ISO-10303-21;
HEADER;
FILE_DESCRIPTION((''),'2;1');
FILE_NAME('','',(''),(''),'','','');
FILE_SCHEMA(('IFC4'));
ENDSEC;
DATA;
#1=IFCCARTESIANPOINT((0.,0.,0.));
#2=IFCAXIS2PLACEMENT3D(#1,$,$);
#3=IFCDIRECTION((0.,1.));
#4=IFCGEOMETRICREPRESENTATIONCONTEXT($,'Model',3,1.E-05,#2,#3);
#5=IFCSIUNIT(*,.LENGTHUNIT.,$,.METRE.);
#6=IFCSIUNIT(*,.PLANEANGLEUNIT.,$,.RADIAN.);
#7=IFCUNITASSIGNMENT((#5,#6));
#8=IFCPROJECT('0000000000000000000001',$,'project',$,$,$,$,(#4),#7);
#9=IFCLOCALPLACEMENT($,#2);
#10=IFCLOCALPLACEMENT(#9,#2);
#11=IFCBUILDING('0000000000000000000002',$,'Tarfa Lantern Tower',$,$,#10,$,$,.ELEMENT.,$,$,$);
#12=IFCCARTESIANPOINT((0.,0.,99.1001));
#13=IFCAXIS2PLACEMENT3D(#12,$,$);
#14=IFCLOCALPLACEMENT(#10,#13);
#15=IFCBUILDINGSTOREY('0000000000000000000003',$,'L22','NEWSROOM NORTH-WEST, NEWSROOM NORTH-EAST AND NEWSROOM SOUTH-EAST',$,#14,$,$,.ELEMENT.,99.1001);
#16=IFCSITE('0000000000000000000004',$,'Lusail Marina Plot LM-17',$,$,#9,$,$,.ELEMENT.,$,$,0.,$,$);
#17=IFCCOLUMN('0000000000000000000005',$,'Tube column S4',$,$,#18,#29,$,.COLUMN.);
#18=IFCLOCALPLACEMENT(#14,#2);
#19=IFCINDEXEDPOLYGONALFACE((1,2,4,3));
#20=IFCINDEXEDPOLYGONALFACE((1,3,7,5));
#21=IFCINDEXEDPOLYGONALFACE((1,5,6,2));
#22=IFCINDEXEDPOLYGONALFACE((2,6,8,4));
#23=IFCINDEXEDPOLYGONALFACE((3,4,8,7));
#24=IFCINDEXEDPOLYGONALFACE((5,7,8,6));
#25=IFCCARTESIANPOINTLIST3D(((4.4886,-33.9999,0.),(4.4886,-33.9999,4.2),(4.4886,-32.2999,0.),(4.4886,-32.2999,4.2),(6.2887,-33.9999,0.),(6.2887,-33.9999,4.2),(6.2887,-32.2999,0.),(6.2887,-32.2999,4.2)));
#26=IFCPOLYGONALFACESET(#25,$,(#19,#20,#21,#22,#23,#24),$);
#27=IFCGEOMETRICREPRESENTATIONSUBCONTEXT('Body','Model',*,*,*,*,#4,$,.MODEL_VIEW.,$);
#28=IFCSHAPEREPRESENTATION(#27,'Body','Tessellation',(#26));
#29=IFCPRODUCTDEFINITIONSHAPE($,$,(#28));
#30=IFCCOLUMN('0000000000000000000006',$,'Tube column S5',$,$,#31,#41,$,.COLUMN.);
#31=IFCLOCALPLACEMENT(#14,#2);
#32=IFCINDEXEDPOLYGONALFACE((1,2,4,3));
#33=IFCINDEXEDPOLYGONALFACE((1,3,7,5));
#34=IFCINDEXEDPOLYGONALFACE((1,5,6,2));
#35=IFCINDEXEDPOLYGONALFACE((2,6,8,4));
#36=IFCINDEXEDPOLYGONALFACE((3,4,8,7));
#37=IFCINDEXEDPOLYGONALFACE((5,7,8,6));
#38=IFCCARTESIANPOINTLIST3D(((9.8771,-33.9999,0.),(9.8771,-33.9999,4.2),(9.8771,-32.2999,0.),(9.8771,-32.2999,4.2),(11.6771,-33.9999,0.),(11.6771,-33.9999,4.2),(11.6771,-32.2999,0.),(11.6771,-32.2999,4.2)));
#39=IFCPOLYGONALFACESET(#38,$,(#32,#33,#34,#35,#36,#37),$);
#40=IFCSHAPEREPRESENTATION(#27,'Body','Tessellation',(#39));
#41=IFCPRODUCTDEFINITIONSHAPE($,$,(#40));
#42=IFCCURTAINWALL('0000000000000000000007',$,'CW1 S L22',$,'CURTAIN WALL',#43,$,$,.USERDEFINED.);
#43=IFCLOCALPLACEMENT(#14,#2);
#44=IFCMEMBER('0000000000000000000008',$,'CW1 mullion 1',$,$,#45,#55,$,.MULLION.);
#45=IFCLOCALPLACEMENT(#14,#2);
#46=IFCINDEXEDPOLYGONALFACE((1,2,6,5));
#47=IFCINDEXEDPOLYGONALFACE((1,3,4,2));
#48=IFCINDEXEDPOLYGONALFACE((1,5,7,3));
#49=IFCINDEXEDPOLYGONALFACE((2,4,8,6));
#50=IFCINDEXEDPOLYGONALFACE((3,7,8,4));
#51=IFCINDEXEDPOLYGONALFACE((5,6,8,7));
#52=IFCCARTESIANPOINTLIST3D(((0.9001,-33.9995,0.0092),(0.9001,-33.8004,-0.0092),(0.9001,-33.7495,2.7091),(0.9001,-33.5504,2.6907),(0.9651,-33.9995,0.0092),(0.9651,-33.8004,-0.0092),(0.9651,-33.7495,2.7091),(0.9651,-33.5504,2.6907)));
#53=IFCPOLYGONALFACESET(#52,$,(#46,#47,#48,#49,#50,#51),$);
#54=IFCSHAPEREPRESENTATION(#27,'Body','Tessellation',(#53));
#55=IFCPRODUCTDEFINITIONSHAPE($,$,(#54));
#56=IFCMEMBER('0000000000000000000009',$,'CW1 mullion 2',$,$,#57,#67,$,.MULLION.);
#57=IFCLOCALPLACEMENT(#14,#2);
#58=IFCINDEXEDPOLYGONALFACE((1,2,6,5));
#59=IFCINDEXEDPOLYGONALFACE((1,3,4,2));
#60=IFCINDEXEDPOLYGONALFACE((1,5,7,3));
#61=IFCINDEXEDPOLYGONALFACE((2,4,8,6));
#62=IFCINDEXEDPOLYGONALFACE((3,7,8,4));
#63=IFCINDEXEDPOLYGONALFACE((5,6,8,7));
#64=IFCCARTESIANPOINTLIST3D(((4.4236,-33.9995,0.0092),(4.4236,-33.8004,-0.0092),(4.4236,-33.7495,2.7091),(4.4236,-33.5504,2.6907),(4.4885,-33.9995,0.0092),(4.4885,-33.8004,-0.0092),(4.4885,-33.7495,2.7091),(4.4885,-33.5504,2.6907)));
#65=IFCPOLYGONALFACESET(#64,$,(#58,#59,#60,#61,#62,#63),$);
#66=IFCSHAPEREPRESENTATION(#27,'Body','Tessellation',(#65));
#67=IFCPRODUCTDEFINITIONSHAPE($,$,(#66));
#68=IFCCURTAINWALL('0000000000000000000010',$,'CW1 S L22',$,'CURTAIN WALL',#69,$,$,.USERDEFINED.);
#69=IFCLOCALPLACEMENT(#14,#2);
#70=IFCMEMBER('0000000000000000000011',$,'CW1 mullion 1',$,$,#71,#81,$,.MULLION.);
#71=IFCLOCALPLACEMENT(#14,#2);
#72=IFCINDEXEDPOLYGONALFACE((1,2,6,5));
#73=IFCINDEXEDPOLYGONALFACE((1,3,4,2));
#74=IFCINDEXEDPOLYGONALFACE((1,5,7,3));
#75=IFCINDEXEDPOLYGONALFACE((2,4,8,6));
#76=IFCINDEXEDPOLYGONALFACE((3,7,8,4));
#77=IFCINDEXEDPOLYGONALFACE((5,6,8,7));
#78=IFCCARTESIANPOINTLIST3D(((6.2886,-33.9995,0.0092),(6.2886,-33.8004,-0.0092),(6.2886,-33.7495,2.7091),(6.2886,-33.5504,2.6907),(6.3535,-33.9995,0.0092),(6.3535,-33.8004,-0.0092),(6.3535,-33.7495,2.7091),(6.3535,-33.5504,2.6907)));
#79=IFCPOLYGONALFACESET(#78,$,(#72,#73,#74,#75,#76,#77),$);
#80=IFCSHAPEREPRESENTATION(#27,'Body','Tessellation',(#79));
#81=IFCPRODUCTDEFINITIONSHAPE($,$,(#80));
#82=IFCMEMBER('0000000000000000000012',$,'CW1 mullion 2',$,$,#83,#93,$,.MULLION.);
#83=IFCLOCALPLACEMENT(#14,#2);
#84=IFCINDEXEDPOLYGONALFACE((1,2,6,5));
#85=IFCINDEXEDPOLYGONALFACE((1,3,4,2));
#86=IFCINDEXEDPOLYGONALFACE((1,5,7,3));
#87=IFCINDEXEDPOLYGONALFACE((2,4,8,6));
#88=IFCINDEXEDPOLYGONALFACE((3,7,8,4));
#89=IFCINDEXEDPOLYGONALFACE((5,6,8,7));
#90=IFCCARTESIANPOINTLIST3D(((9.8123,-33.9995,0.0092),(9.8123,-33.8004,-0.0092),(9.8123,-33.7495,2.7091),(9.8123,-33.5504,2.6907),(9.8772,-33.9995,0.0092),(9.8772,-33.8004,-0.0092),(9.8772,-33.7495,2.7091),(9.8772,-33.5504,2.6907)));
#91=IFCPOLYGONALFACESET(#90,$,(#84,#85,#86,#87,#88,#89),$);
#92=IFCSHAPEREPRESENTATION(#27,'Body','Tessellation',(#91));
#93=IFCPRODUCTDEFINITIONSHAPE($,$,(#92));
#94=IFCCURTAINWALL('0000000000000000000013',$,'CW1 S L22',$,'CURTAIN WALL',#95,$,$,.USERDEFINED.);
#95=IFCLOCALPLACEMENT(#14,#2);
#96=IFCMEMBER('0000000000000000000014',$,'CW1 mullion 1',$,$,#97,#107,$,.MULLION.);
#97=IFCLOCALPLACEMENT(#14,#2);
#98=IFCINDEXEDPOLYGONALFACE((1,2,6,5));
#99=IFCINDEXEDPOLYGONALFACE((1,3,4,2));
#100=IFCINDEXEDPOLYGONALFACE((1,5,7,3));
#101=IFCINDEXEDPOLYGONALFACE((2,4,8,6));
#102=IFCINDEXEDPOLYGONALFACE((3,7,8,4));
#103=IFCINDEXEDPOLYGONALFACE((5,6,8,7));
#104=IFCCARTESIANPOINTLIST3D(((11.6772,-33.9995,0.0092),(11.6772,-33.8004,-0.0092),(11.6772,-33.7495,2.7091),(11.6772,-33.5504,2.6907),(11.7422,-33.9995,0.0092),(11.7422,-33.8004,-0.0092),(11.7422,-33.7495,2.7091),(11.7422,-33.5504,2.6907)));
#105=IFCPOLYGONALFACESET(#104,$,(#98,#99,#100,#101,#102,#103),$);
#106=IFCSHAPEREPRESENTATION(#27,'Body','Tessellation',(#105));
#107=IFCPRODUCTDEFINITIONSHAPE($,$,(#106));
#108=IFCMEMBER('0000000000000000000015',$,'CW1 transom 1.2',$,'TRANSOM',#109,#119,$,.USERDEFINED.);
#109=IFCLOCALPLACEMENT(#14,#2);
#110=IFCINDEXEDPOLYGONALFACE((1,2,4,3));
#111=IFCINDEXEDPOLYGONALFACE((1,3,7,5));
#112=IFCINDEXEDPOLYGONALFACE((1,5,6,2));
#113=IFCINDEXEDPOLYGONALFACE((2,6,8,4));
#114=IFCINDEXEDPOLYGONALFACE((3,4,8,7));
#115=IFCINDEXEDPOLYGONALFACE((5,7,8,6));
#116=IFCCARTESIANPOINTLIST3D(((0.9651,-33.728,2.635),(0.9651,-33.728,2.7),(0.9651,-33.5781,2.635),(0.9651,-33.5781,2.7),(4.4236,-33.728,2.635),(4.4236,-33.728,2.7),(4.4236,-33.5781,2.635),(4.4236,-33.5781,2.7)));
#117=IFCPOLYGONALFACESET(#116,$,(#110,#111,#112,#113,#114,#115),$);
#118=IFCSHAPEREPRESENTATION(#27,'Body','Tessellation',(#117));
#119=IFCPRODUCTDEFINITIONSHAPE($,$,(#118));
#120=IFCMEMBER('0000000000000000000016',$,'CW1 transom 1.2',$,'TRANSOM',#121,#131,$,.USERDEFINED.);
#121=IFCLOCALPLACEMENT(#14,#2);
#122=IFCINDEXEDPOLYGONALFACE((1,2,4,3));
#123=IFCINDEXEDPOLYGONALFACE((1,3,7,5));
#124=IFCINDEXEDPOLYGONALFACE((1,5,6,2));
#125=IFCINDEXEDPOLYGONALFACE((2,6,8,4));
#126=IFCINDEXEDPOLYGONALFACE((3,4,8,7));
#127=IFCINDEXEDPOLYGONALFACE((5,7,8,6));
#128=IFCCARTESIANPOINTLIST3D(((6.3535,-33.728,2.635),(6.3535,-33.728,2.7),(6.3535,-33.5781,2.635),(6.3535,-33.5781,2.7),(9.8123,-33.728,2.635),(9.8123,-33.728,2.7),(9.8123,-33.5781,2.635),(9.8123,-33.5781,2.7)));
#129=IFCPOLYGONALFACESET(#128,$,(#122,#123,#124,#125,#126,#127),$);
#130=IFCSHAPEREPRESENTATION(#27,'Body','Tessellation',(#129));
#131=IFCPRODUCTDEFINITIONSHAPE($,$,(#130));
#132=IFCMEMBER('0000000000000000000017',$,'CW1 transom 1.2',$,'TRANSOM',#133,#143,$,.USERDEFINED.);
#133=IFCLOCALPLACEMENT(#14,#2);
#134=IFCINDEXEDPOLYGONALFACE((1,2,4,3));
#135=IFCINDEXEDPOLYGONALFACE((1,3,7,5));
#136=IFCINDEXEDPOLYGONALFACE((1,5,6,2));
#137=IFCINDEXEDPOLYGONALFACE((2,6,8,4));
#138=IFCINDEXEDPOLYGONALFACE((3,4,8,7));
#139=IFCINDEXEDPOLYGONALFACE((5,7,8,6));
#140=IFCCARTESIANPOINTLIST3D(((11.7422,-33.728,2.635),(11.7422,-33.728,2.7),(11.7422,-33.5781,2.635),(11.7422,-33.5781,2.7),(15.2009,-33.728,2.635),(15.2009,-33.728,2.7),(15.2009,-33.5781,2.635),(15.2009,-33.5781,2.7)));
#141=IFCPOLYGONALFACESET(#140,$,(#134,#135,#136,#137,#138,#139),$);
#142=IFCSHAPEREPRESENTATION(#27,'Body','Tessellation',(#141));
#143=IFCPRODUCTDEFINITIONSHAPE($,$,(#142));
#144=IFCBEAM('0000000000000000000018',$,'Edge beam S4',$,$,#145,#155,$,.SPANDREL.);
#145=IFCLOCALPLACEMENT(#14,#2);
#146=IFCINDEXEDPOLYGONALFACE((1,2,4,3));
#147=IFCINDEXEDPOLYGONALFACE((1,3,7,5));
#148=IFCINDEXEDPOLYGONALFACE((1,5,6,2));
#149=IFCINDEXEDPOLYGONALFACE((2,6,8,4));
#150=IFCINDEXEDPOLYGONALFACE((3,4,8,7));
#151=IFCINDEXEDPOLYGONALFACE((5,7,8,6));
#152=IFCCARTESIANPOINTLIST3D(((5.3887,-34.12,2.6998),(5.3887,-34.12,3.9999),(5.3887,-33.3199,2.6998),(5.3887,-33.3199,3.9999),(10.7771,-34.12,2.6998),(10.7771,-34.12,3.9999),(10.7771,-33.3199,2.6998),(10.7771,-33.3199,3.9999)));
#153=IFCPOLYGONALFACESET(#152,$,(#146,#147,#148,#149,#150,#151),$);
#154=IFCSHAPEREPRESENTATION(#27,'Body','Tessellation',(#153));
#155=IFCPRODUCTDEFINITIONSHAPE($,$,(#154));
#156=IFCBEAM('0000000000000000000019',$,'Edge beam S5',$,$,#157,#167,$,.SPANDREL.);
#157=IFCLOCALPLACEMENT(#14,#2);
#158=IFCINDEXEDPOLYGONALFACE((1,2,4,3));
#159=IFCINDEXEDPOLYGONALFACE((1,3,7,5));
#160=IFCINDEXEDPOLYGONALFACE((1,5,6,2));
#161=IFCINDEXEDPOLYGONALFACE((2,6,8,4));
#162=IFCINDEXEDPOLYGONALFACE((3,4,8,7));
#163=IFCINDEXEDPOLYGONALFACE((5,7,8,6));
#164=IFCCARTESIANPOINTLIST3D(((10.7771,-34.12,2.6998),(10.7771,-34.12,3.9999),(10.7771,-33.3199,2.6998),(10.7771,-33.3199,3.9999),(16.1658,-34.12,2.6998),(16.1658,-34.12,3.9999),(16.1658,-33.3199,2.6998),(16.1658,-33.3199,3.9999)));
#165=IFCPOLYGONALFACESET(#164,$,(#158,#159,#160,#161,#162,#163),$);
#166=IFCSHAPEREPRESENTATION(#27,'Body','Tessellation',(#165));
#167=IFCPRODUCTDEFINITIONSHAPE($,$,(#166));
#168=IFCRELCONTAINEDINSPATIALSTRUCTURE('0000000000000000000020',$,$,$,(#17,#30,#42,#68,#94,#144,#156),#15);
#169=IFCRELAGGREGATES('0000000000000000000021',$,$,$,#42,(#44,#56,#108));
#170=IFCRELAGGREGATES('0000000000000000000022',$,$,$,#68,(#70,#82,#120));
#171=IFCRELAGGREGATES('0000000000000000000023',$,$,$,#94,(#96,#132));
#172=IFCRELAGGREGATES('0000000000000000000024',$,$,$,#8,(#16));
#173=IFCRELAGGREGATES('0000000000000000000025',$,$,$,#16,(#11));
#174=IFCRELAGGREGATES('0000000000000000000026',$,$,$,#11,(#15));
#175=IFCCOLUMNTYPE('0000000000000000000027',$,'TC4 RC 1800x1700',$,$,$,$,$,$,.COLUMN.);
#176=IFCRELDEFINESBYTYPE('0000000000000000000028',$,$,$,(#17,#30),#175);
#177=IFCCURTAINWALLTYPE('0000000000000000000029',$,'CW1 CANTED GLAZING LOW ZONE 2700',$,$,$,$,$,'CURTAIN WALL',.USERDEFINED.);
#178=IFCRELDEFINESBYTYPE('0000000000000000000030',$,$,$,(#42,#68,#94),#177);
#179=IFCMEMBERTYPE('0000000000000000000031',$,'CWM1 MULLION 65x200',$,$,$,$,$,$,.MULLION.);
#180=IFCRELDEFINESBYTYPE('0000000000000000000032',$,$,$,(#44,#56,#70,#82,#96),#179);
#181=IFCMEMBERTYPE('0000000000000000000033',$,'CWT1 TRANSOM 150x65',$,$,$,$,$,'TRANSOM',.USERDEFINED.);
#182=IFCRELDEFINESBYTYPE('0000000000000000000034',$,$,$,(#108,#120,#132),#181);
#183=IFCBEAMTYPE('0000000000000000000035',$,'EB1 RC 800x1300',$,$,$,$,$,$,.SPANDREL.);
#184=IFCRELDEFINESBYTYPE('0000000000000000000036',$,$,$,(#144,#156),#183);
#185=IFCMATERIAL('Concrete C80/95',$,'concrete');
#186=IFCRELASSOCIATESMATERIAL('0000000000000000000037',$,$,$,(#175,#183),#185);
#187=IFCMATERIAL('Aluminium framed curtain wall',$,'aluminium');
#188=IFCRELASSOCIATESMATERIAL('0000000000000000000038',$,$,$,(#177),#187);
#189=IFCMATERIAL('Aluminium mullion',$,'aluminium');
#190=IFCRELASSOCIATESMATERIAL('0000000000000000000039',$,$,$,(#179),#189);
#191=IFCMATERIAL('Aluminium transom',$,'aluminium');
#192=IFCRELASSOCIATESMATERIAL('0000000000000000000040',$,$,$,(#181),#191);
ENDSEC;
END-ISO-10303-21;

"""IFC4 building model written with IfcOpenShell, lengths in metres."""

from ifc_helpers import new_model, si_unit, direction, frame, origin, origin_2d, place, context, subcontext, project, spatial, rectangle, extrude, material, material_profile, profile_set, type_object, element, aggregate, save


model = new_model("IFC4")

# Units and contexts
model_context = context("Model", 3, precision=1e-05, world=origin(), true_north=direction((0.0, 1.0)))
body_context = subcontext(model_context, "Body", "Model", "MODEL_VIEW")
ifc_project = project(units=[si_unit("LENGTHUNIT", "METRE"), si_unit("PLANEANGLEUNIT", "RADIAN")], contexts=[model_context])

# Site, building, storey
site_placement = place(None, origin())
site = spatial("IfcSite", under=ifc_project, at=site_placement, Name="Lusail Marina Plot LM-17", CompositionType="ELEMENT", RefElevation=0.0)
building_placement = place(site_placement, origin())
building = spatial("IfcBuilding", under=site, at=building_placement, Name="Tarfa Lantern Tower", CompositionType="ELEMENT")
storey_placement = place(building_placement, frame((0.0, 0.0, 99.1001)))
storey = spatial("IfcBuildingStorey", under=building, at=storey_placement, Name="L22", Description="NEWSROOM NORTH-WEST, NEWSROOM NORTH-EAST AND NEWSROOM SOUTH-EAST", CompositionType="ELEMENT", Elevation=99.1001)

# Columns
ifc_material_1 = material(Name="Concrete C80/95", Category="concrete")
ifc_material_profile_1 = material_profile(ifc_material_1, rectangle(XDim=1.8, YDim=1.7, at=origin_2d()), Name="RC 1800x1700")
ifc_profile_set_1 = profile_set([ifc_material_profile_1], Name="Concrete C80/95")
column_type = type_object("IfcColumnType", Name="TC4 RC 1800x1700", PredefinedType="COLUMN", material=ifc_profile_set_1)
for number, where, z_axis, x_axis, name in (
    (1, (5.3887, -33.1499, 0.0), (0.0, 0.0, 1.0), (1.0, 0.0, 0.0), "Tube column S4"),
    (2, (10.7771, -33.1499, 0.0), (0.0, 0.0, 1.0), (1.0, 0.0, 0.0), "Tube column S5"),
):
    element("IfcColumn", number, at=place(storey_placement, frame(where, z_axis=z_axis, x_axis=x_axis)), inside=storey, type_object=column_type, Name=name, PredefinedType="COLUMN", context=body_context, shape_type="SweptSolid", body=[
        extrude(rectangle(XDim=1.8, YDim=1.7, at=origin_2d()), origin(), (0.0, 0.0, 1.0), 4.2),
    ])

# Curtain walls, members
ifc_material_2 = material(Name="Aluminium framed curtain wall", Category="aluminium")
curtain_wall_type = type_object("IfcCurtainWallType", Name="CW1 CANTED GLAZING LOW ZONE 2700", ElementType="CURTAIN WALL", PredefinedType="USERDEFINED", material=ifc_material_2)
curtain_wall_1_placement = place(storey_placement, origin())
curtain_wall_1 = element("IfcCurtainWall", 3, at=curtain_wall_1_placement, inside=storey, type_object=curtain_wall_type, Name="CW1 S L22", ObjectType="CURTAIN WALL", PredefinedType="USERDEFINED")
ifc_material_3 = material(Name="Aluminium mullion", Category="aluminium")
ifc_material_profile_2 = material_profile(ifc_material_3, rectangle(XDim=0.0649, YDim=0.2, at=origin_2d()), Name="AL MULLION 65x200")
ifc_profile_set_2 = profile_set([ifc_material_profile_2], Name="Aluminium mullion")
member_type_1 = type_object("IfcMemberType", Name="CWM1 MULLION 65x200", PredefinedType="MULLION", material=ifc_profile_set_2)
member_1_placement = place(storey_placement, frame((0.9326, -33.8999, 0.0), z_axis=(0.0, 0.0922, 0.995741), x_axis=(-1.0, 0.0, 0.0)))
member_1 = element("IfcMember", 4, at=member_1_placement, type_object=member_type_1, Name="CW1 mullion 1", PredefinedType="MULLION", context=body_context, shape_type="SweptSolid", body=[
    extrude(rectangle(XDim=0.0649, YDim=0.2, at=origin_2d()), origin(), (0.0, 0.0, 1.0), 2.7114),
])
member_2_placement = place(storey_placement, frame((4.4561, -33.8999, 0.0), z_axis=(0.0, 0.0922, 0.995741), x_axis=(-1.0, 0.0, 0.0)))
member_2 = element("IfcMember", 5, at=member_2_placement, type_object=member_type_1, Name="CW1 mullion 2", PredefinedType="MULLION", context=body_context, shape_type="SweptSolid", body=[
    extrude(rectangle(XDim=0.0649, YDim=0.2, at=origin_2d()), origin(), (0.0, 0.0, 1.0), 2.7114),
])
curtain_wall_2_placement = place(storey_placement, origin())
curtain_wall_2 = element("IfcCurtainWall", 6, at=curtain_wall_2_placement, inside=storey, type_object=curtain_wall_type, Name="CW1 S L22", ObjectType="CURTAIN WALL", PredefinedType="USERDEFINED")
member_3_placement = place(storey_placement, frame((6.321, -33.8999, 0.0), z_axis=(0.0, 0.0922, 0.995741), x_axis=(-1.0, 0.0, 0.0)))
member_3 = element("IfcMember", 7, at=member_3_placement, type_object=member_type_1, Name="CW1 mullion 1", PredefinedType="MULLION", context=body_context, shape_type="SweptSolid", body=[
    extrude(rectangle(XDim=0.0649, YDim=0.2, at=origin_2d()), origin(), (0.0, 0.0, 1.0), 2.7114),
])
member_4_placement = place(storey_placement, frame((9.8447, -33.8999, 0.0), z_axis=(0.0, 0.0922, 0.995741), x_axis=(-1.0, 0.0, 0.0)))
member_4 = element("IfcMember", 8, at=member_4_placement, type_object=member_type_1, Name="CW1 mullion 2", PredefinedType="MULLION", context=body_context, shape_type="SweptSolid", body=[
    extrude(rectangle(XDim=0.0649, YDim=0.2, at=origin_2d()), origin(), (0.0, 0.0, 1.0), 2.7114),
])

# Curtain wall, member
curtain_wall_3_placement = place(storey_placement, origin())
curtain_wall_3 = element("IfcCurtainWall", 9, at=curtain_wall_3_placement, inside=storey, type_object=curtain_wall_type, Name="CW1 S L22", ObjectType="CURTAIN WALL", PredefinedType="USERDEFINED")
member_5_placement = place(storey_placement, frame((11.7097, -33.8999, 0.0), z_axis=(0.0, 0.0922, 0.995741), x_axis=(-1.0, 0.0, 0.0)))
member_5 = element("IfcMember", 10, at=member_5_placement, type_object=member_type_1, Name="CW1 mullion 1", PredefinedType="MULLION", context=body_context, shape_type="SweptSolid", body=[
    extrude(rectangle(XDim=0.0649, YDim=0.2, at=origin_2d()), origin(), (0.0, 0.0, 1.0), 2.7114),
])

# Members
ifc_material_4 = material(Name="Aluminium transom", Category="aluminium")
ifc_material_profile_3 = material_profile(ifc_material_4, rectangle(XDim=0.1499, YDim=0.0649, at=origin_2d()), Name="AL TRANSOM 150x65")
ifc_profile_set_3 = profile_set([ifc_material_profile_3], Name="Aluminium transom")
member_type_2 = type_object("IfcMemberType", Name="CWT1 TRANSOM 150x65", ElementType="TRANSOM", PredefinedType="USERDEFINED", material=ifc_profile_set_3)
member_6_placement = place(storey_placement, frame((0.9651, -33.6531, 2.6675), z_axis=(1.0, 0.0, 0.0), x_axis=(0.0, 1.0, 0.0)))
member_6 = element("IfcMember", 11, at=member_6_placement, type_object=member_type_2, Name="CW1 transom 1.2", ObjectType="TRANSOM", PredefinedType="USERDEFINED", context=body_context, shape_type="SweptSolid", body=[
    extrude(rectangle(XDim=0.1499, YDim=0.0649, at=origin_2d()), origin(), (0.0, 0.0, 1.0), 3.4585),
])
member_7_placement = place(storey_placement, frame((6.3535, -33.6531, 2.6675), z_axis=(1.0, 0.0, 0.0), x_axis=(0.0, 1.0, 0.0)))
member_7 = element("IfcMember", 12, at=member_7_placement, type_object=member_type_2, Name="CW1 transom 1.2", ObjectType="TRANSOM", PredefinedType="USERDEFINED", context=body_context, shape_type="SweptSolid", body=[
    extrude(rectangle(XDim=0.1499, YDim=0.0649, at=origin_2d()), origin(), (0.0, 0.0, 1.0), 3.4587),
])
member_8_placement = place(storey_placement, frame((11.7422, -33.6531, 2.6675), z_axis=(1.0, 0.0, 0.0), x_axis=(0.0, 1.0, 0.0)))
member_8 = element("IfcMember", 13, at=member_8_placement, type_object=member_type_2, Name="CW1 transom 1.2", ObjectType="TRANSOM", PredefinedType="USERDEFINED", context=body_context, shape_type="SweptSolid", body=[
    extrude(rectangle(XDim=0.1499, YDim=0.0649, at=origin_2d()), origin(), (0.0, 0.0, 1.0), 3.4587),
])

# Beams
ifc_material_profile_4 = material_profile(ifc_material_1, rectangle(XDim=0.8, YDim=1.3, at=origin_2d()), Name="RC 800x1300")
ifc_profile_set_4 = profile_set([ifc_material_profile_4], Name="Concrete C80/95")
beam_type_1 = type_object("IfcBeamType", Name="EB1 RC 800x1300", PredefinedType="SPANDREL", material=ifc_profile_set_4)
beam_1_placement = place(storey_placement, frame((5.3887, -33.72, 3.3499), z_axis=(1.0, 0.0, 0.0), x_axis=(0.0, 1.0, 0.0)))
element("IfcBeam", 14, at=beam_1_placement, inside=storey, type_object=beam_type_1, Name="Edge beam S4", PredefinedType="SPANDREL", context=body_context, shape_type="SweptSolid", body=[
    extrude(rectangle(XDim=0.8, YDim=1.3, at=origin_2d()), origin(), (0.0, 0.0, 1.0), 5.3884),
])
beam_2_placement = place(storey_placement, frame((10.7771, -33.72, 3.3499), z_axis=(1.0, 0.0, 0.0), x_axis=(0.0, 1.0, 0.0)))
element("IfcBeam", 15, at=beam_2_placement, inside=storey, type_object=beam_type_1, Name="Edge beam S5", PredefinedType="SPANDREL", context=body_context, shape_type="SweptSolid", body=[
    extrude(rectangle(XDim=0.8, YDim=1.3, at=origin_2d()), origin(), (0.0, 0.0, 1.0), 5.3887),
])

aggregate(curtain_wall_1, [member_1, member_2, member_6])
aggregate(curtain_wall_2, [member_3, member_4, member_7])
aggregate(curtain_wall_3, [member_5, member_8])

save(model, "model.ifc")
